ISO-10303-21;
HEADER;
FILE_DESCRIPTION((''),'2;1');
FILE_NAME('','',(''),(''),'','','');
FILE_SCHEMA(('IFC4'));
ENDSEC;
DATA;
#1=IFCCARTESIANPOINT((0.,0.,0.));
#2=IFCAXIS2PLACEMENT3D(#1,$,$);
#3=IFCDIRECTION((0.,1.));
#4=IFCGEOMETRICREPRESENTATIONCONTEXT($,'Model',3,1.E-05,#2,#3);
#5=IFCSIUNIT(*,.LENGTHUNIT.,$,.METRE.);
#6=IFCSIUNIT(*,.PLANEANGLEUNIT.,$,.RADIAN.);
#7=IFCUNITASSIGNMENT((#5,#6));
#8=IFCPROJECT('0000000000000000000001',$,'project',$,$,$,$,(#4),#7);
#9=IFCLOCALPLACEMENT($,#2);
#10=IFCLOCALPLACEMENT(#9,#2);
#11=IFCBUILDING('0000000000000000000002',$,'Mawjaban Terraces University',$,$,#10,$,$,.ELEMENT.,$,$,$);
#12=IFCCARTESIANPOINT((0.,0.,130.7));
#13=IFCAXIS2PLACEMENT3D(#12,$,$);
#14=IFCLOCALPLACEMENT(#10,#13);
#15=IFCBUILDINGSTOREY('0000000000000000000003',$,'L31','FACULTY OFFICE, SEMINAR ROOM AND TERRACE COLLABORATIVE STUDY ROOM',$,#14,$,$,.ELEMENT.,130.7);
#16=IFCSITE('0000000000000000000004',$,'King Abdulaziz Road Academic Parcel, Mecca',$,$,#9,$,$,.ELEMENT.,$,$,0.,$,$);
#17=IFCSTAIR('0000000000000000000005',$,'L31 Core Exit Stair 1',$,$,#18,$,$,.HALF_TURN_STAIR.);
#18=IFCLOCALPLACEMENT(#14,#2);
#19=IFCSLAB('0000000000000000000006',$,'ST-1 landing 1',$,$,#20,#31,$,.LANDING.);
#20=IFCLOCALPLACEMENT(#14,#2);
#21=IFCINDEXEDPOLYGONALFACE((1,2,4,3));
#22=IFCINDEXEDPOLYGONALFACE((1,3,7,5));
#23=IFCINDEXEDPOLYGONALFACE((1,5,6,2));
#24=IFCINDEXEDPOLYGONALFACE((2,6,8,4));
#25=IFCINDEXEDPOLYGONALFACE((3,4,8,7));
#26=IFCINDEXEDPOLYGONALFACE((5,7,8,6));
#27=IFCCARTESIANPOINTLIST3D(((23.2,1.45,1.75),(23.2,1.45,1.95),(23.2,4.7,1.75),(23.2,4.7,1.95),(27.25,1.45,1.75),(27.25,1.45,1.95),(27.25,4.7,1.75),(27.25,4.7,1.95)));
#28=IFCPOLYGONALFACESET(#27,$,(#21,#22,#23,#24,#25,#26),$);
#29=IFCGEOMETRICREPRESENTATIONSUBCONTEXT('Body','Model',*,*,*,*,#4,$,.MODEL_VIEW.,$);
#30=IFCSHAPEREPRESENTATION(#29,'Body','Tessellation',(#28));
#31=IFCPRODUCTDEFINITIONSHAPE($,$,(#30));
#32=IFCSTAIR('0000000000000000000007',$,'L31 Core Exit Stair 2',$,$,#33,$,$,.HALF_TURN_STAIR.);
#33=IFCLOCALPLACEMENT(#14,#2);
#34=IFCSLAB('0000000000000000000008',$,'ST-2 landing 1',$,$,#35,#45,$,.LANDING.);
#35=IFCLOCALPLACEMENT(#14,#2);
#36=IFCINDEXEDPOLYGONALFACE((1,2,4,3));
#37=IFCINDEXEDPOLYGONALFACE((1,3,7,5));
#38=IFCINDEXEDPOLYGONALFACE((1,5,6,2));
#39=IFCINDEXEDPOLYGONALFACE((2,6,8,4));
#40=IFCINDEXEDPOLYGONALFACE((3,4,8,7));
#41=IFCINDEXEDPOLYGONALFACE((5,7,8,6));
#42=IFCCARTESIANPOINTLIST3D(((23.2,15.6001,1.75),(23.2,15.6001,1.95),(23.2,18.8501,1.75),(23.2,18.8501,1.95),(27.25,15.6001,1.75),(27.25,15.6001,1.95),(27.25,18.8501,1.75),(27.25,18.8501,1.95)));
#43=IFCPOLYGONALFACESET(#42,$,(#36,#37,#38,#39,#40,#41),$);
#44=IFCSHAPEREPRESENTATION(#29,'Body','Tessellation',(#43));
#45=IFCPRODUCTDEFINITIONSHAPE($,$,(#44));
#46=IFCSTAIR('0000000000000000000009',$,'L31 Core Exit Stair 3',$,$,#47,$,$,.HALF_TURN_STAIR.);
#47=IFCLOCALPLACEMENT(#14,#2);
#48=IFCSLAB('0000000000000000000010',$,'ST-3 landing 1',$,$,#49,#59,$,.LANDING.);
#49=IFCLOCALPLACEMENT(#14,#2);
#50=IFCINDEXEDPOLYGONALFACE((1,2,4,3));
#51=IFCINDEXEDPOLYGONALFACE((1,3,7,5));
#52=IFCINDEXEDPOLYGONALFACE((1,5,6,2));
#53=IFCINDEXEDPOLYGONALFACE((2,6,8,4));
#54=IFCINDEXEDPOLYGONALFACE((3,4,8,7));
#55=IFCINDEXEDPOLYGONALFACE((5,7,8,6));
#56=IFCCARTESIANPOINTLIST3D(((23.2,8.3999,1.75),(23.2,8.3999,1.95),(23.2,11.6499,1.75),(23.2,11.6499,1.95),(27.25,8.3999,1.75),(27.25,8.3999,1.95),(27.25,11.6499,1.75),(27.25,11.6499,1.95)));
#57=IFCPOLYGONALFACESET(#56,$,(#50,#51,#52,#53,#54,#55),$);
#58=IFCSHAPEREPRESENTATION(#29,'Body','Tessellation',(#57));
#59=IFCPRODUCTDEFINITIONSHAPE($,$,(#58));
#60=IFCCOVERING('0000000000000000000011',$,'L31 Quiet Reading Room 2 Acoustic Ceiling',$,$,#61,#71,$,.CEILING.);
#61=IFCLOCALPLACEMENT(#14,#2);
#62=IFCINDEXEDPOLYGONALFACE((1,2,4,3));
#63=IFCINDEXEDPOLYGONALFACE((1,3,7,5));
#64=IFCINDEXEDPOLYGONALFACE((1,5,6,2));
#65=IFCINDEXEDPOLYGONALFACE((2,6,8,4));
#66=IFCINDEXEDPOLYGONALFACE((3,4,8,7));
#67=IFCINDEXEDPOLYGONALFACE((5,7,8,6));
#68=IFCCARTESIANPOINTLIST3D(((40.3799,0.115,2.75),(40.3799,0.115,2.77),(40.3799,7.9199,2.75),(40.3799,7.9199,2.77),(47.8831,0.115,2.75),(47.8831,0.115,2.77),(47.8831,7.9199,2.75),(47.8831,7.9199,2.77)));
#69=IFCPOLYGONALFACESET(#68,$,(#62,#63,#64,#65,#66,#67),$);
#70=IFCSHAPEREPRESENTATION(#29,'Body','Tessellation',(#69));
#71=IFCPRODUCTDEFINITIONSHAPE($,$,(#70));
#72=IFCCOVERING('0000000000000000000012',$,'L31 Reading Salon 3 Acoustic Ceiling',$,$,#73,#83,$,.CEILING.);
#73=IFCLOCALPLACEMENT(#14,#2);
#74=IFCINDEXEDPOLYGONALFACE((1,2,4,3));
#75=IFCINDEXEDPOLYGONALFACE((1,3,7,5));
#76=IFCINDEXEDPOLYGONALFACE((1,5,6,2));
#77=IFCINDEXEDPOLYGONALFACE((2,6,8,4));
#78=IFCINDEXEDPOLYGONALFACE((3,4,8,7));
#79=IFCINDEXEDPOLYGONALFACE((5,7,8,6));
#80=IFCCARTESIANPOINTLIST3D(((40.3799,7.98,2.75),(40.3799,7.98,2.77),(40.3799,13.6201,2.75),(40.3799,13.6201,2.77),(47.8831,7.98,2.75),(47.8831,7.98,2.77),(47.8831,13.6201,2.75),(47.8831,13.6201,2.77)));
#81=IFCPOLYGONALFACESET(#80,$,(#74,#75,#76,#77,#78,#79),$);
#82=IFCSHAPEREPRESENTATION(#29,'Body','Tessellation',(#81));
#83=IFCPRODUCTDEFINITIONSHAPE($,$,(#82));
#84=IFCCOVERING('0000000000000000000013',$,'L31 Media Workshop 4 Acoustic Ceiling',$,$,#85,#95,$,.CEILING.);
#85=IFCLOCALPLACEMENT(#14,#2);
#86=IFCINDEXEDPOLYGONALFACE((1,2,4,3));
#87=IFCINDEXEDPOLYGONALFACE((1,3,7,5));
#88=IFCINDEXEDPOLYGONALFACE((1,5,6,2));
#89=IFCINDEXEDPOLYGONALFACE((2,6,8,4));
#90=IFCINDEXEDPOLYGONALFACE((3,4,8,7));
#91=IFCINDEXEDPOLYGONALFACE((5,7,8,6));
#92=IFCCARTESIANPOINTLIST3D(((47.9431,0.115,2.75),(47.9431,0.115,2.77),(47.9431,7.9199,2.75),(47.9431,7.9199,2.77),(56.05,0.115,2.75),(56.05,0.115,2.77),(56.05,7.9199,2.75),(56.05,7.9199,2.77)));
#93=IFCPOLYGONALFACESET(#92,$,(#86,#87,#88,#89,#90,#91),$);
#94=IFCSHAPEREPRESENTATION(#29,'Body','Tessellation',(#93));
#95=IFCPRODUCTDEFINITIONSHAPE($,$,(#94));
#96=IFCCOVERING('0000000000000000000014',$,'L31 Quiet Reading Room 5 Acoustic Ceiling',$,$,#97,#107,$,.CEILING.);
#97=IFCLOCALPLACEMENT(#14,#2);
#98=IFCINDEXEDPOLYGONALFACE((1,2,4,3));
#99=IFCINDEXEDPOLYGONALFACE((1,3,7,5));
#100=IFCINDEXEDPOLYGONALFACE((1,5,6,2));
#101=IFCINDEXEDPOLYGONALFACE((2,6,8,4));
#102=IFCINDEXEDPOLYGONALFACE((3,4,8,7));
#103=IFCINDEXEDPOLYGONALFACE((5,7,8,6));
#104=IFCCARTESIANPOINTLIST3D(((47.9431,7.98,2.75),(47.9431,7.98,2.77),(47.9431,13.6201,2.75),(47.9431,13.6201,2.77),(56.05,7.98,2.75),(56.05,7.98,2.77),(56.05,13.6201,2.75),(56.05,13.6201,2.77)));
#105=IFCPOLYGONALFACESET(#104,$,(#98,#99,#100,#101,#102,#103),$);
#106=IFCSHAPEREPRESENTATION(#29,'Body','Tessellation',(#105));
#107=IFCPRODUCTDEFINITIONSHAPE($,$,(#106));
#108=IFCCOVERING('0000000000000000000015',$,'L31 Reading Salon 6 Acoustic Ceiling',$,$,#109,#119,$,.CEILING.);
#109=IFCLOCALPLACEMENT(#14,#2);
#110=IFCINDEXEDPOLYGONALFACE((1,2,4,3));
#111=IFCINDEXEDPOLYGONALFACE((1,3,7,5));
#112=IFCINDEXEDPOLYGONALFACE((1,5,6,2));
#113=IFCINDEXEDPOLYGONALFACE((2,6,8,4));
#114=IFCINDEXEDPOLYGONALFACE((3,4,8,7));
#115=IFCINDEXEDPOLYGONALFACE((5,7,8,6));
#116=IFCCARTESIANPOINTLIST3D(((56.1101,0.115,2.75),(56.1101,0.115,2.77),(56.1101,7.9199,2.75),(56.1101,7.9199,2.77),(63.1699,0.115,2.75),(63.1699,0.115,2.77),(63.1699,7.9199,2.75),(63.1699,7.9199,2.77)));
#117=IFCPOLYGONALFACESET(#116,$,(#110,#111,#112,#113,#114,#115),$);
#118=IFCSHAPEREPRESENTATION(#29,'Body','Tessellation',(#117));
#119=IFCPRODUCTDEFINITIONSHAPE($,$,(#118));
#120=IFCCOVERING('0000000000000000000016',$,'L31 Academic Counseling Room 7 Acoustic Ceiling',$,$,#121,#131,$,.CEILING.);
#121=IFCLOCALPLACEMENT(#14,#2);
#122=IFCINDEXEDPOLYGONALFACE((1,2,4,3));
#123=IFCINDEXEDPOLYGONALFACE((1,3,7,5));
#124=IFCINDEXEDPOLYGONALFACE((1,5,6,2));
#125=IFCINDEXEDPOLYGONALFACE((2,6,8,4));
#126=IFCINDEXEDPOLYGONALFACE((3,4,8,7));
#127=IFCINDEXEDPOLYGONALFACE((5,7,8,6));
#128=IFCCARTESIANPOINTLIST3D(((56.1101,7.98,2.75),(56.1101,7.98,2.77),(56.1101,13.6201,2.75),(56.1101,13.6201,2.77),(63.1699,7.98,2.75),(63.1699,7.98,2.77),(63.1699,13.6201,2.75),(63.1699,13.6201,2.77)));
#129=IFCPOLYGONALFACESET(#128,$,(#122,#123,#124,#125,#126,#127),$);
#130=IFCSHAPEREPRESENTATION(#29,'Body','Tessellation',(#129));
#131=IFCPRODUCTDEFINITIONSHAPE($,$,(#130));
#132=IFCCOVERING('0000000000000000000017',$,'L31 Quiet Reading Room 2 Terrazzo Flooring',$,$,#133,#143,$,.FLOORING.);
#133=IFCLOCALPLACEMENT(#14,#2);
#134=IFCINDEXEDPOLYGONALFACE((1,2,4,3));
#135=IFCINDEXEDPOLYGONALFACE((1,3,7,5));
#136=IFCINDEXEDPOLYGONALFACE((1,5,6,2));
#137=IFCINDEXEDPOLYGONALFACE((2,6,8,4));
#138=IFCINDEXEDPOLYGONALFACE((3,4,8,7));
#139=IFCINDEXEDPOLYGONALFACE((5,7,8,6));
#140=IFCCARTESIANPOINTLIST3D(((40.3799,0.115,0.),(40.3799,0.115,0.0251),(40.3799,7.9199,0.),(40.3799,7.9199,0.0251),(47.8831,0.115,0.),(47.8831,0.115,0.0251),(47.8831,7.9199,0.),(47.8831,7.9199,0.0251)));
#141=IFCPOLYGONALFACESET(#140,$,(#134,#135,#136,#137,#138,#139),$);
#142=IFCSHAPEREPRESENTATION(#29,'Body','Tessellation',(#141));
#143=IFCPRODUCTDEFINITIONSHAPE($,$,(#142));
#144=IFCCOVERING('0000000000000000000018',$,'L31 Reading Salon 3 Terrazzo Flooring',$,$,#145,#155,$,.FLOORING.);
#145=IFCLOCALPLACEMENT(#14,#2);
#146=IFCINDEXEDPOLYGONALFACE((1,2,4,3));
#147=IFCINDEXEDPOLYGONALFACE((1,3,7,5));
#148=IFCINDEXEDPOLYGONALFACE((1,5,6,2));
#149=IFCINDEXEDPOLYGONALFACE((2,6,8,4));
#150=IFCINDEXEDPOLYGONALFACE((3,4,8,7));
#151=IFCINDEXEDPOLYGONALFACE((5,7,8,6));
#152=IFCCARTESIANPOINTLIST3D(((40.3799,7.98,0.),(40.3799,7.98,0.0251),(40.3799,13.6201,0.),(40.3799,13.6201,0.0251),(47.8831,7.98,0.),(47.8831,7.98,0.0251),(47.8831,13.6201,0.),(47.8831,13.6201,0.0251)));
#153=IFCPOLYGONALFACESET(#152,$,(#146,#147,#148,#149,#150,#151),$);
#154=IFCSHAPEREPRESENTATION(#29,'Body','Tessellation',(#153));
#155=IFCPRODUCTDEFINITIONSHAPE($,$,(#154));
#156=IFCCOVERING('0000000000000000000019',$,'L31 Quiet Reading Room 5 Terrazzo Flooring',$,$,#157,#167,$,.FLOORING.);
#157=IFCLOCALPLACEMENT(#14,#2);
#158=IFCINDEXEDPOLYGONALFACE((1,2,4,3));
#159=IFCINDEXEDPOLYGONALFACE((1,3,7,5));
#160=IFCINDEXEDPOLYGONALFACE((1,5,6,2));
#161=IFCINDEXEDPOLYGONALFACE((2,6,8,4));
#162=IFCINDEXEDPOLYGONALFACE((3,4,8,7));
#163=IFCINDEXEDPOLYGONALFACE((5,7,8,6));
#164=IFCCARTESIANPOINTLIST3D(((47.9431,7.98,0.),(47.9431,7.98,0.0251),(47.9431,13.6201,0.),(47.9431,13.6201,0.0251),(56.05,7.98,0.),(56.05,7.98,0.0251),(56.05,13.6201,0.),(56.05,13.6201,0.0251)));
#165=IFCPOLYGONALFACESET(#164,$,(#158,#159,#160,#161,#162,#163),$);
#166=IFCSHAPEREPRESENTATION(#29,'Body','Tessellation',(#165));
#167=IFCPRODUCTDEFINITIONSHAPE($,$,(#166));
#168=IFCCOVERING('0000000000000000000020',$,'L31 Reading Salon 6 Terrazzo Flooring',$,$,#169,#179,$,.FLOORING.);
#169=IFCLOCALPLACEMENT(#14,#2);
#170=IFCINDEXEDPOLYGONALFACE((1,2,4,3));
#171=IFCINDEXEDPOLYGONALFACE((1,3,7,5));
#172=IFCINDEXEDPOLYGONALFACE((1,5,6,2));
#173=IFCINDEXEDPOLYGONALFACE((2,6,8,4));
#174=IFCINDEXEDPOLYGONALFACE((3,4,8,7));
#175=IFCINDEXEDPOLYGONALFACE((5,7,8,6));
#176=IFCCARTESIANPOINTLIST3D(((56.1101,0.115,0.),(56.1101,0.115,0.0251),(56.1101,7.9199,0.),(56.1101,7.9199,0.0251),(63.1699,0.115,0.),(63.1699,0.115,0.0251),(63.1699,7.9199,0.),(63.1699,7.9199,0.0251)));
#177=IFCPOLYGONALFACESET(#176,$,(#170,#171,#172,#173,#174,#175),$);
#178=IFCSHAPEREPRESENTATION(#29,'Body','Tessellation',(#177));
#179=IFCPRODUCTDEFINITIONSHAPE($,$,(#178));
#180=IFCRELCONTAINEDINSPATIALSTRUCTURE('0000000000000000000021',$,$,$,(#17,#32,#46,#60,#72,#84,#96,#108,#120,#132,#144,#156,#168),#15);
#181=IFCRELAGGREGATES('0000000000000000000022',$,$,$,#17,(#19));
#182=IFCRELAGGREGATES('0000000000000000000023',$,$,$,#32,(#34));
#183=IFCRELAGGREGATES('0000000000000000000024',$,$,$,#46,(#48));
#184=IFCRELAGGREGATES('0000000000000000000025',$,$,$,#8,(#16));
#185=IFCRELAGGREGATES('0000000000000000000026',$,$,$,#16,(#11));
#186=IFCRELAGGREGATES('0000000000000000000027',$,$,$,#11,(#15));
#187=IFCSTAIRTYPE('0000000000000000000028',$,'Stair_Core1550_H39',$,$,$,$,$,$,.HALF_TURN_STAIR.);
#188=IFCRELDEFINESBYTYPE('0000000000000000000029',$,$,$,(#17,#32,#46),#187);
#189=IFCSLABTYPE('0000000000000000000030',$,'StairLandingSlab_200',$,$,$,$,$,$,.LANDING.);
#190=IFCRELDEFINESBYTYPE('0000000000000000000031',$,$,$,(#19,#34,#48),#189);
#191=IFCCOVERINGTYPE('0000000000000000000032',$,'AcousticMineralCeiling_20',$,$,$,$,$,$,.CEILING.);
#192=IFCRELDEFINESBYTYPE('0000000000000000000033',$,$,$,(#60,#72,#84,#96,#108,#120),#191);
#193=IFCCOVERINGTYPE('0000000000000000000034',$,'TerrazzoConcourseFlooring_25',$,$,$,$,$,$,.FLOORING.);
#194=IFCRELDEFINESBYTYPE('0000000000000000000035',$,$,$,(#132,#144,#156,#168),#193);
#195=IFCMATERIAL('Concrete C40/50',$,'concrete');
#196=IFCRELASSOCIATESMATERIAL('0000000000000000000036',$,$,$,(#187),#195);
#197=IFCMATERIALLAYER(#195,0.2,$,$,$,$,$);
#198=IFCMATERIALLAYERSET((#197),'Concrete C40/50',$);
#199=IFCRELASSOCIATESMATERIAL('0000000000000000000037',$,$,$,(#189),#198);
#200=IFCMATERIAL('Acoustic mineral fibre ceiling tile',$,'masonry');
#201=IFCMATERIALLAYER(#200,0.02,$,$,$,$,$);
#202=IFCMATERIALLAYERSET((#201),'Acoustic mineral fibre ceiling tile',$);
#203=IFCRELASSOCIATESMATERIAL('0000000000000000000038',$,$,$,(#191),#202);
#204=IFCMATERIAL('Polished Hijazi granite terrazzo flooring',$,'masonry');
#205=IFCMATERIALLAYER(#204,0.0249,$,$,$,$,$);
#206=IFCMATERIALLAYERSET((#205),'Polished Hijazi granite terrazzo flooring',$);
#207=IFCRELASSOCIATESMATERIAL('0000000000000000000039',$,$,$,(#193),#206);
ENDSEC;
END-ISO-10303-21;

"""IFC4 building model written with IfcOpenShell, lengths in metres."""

from ifc_helpers import new_model, si_unit, direction, frame, origin, place, context, subcontext, project, spatial, polyline, outline, extrude, material, layer, layer_set, type_object, element, aggregate, save


model = new_model("IFC4")

# Units and contexts
model_context = context("Model", 3, precision=1e-05, world=origin(), true_north=direction((0.0, 1.0)))
body_context = subcontext(model_context, "Body", "Model", "MODEL_VIEW")
ifc_project = project(units=[si_unit("LENGTHUNIT", "METRE"), si_unit("PLANEANGLEUNIT", "RADIAN")], contexts=[model_context])

# Site, building, storey
site_placement = place(None, origin())
site = spatial("IfcSite", under=ifc_project, at=site_placement, Name="King Abdulaziz Road Academic Parcel, Mecca", CompositionType="ELEMENT", RefElevation=0.0)
building_placement = place(site_placement, origin())
building = spatial("IfcBuilding", under=site, at=building_placement, Name="Mawjaban Terraces University", CompositionType="ELEMENT")
storey_placement = place(building_placement, frame((0.0, 0.0, 130.7)))
storey = spatial("IfcBuildingStorey", under=building, at=storey_placement, Name="L31", Description="FACULTY OFFICE, SEMINAR ROOM AND TERRACE COLLABORATIVE STUDY ROOM", CompositionType="ELEMENT", Elevation=130.7)

# Shared definitions
ifc_material_1 = material(Name="Concrete C40/50", Category="concrete")

# Stairs, slabs
stair_type = type_object("IfcStairType", Name="Stair_Core1550_H39", PredefinedType="HALF_TURN_STAIR", material=ifc_material_1)
stair_1_placement = place(storey_placement, origin())
stair_1 = element("IfcStair", 1, at=stair_1_placement, inside=storey, type_object=stair_type, Name="L31 Core Exit Stair 1", PredefinedType="HALF_TURN_STAIR")
ifc_layer_1 = layer(ifc_material_1, 0.2)
ifc_layer_set_1 = layer_set([ifc_layer_1], Name="Concrete C40/50")
slab_type_1 = type_object("IfcSlabType", Name="StairLandingSlab_200", PredefinedType="LANDING", material=ifc_layer_set_1)
slab_1_placement = place(storey_placement, frame((0.0, 0.0, 1.75)))
slab_1 = element("IfcSlab", 2, at=slab_1_placement, type_object=slab_type_1, Name="ST-1 landing 1", PredefinedType="LANDING", context=body_context, shape_type="SweptSolid", body=[
    extrude(outline(polyline([(27.25, 4.7), (23.2, 4.7), (23.2, 1.45), (27.25, 1.45), (27.25, 4.7)])), origin(), (0.0, 0.0, 1.0), 0.2),
])
aggregate(stair_1, [slab_1])
stair_2_placement = place(storey_placement, origin())
stair_2 = element("IfcStair", 3, at=stair_2_placement, inside=storey, type_object=stair_type, Name="L31 Core Exit Stair 2", PredefinedType="HALF_TURN_STAIR")
slab_2_placement = place(storey_placement, frame((0.0, 0.0, 1.75)))
slab_2 = element("IfcSlab", 4, at=slab_2_placement, type_object=slab_type_1, Name="ST-2 landing 1", PredefinedType="LANDING", context=body_context, shape_type="SweptSolid", body=[
    extrude(outline(polyline([(27.25, 18.8501), (23.2, 18.8501), (23.2, 15.6001), (27.25, 15.6001), (27.25, 18.8501)])), origin(), (0.0, 0.0, 1.0), 0.2),
])
aggregate(stair_2, [slab_2])
stair_3_placement = place(storey_placement, origin())
stair_3 = element("IfcStair", 5, at=stair_3_placement, inside=storey, type_object=stair_type, Name="L31 Core Exit Stair 3", PredefinedType="HALF_TURN_STAIR")
slab_3_placement = place(storey_placement, frame((0.0, 0.0, 1.75)))
slab_3 = element("IfcSlab", 6, at=slab_3_placement, type_object=slab_type_1, Name="ST-3 landing 1", PredefinedType="LANDING", context=body_context, shape_type="SweptSolid", body=[
    extrude(outline(polyline([(27.25, 11.6499), (23.2, 11.6499), (23.2, 8.3999), (27.25, 8.3999), (27.25, 11.6499)])), origin(), (0.0, 0.0, 1.0), 0.2),
])
aggregate(stair_3, [slab_3])

# Coverings
ifc_material_2 = material(Name="Acoustic mineral fibre ceiling tile", Category="masonry")
ifc_layer_2 = layer(ifc_material_2, 0.02)
ifc_layer_set_2 = layer_set([ifc_layer_2], Name="Acoustic mineral fibre ceiling tile")
covering_type_1 = type_object("IfcCoveringType", Name="AcousticMineralCeiling_20", PredefinedType="CEILING", material=ifc_layer_set_2)
covering_1_placement = place(storey_placement, frame((0.0, 0.0, 2.75)))
element("IfcCovering", 7, at=covering_1_placement, inside=storey, type_object=covering_type_1, Name="L31 Quiet Reading Room 2 Acoustic Ceiling", PredefinedType="CEILING", context=body_context, shape_type="SweptSolid", body=[
    extrude(outline(polyline([(40.3799, 0.115), (47.8831, 0.115), (47.8831, 7.9199), (40.3799, 7.9199), (40.3799, 0.115)])), origin(), (0.0, 0.0, 1.0), 0.02),
])
covering_2_placement = place(storey_placement, frame((0.0, 0.0, 2.75)))
element("IfcCovering", 8, at=covering_2_placement, inside=storey, type_object=covering_type_1, Name="L31 Reading Salon 3 Acoustic Ceiling", PredefinedType="CEILING", context=body_context, shape_type="SweptSolid", body=[
    extrude(outline(polyline([(47.8831, 7.98), (47.8831, 13.6201), (40.3799, 13.6201), (40.3799, 7.98), (47.8831, 7.98)])), origin(), (0.0, 0.0, 1.0), 0.02),
])
covering_3_placement = place(storey_placement, frame((0.0, 0.0, 2.75)))
element("IfcCovering", 9, at=covering_3_placement, inside=storey, type_object=covering_type_1, Name="L31 Media Workshop 4 Acoustic Ceiling", PredefinedType="CEILING", context=body_context, shape_type="SweptSolid", body=[
    extrude(outline(polyline([(47.9431, 0.115), (56.05, 0.115), (56.05, 7.9199), (47.9431, 7.9199), (47.9431, 0.115)])), origin(), (0.0, 0.0, 1.0), 0.02),
])
covering_4_placement = place(storey_placement, frame((0.0, 0.0, 2.75)))
element("IfcCovering", 10, at=covering_4_placement, inside=storey, type_object=covering_type_1, Name="L31 Quiet Reading Room 5 Acoustic Ceiling", PredefinedType="CEILING", context=body_context, shape_type="SweptSolid", body=[
    extrude(outline(polyline([(56.05, 7.98), (56.05, 13.6201), (47.9431, 13.6201), (47.9431, 7.98), (56.05, 7.98)])), origin(), (0.0, 0.0, 1.0), 0.02),
])
covering_5_placement = place(storey_placement, frame((0.0, 0.0, 2.75)))
element("IfcCovering", 11, at=covering_5_placement, inside=storey, type_object=covering_type_1, Name="L31 Reading Salon 6 Acoustic Ceiling", PredefinedType="CEILING", context=body_context, shape_type="SweptSolid", body=[
    extrude(outline(polyline([(56.1101, 0.115), (63.1699, 0.115), (63.1699, 7.9199), (56.1101, 7.9199), (56.1101, 0.115)])), origin(), (0.0, 0.0, 1.0), 0.02),
])
covering_6_placement = place(storey_placement, frame((0.0, 0.0, 2.75)))
element("IfcCovering", 12, at=covering_6_placement, inside=storey, type_object=covering_type_1, Name="L31 Academic Counseling Room 7 Acoustic Ceiling", PredefinedType="CEILING", context=body_context, shape_type="SweptSolid", body=[
    extrude(outline(polyline([(63.1699, 7.98), (63.1699, 13.6201), (56.1101, 13.6201), (56.1101, 7.98), (63.1699, 7.98)])), origin(), (0.0, 0.0, 1.0), 0.02),
])
ifc_material_3 = material(Name="Polished Hijazi granite terrazzo flooring", Category="masonry")
ifc_layer_3 = layer(ifc_material_3, 0.0249)
ifc_layer_set_3 = layer_set([ifc_layer_3], Name="Polished Hijazi granite terrazzo flooring")
covering_type_2 = type_object("IfcCoveringType", Name="TerrazzoConcourseFlooring_25", PredefinedType="FLOORING", material=ifc_layer_set_3)
covering_7_placement = place(storey_placement, origin())
element("IfcCovering", 13, at=covering_7_placement, inside=storey, type_object=covering_type_2, Name="L31 Quiet Reading Room 2 Terrazzo Flooring", PredefinedType="FLOORING", context=body_context, shape_type="SweptSolid", body=[
    extrude(outline(polyline([(40.3799, 0.115), (47.8831, 0.115), (47.8831, 7.9199), (40.3799, 7.9199), (40.3799, 0.115)])), origin(), (0.0, 0.0, 1.0), 0.0251),
])
covering_8_placement = place(storey_placement, origin())
element("IfcCovering", 14, at=covering_8_placement, inside=storey, type_object=covering_type_2, Name="L31 Reading Salon 3 Terrazzo Flooring", PredefinedType="FLOORING", context=body_context, shape_type="SweptSolid", body=[
    extrude(outline(polyline([(47.8831, 7.98), (47.8831, 13.6201), (40.3799, 13.6201), (40.3799, 7.98), (47.8831, 7.98)])), origin(), (0.0, 0.0, 1.0), 0.0251),
])
covering_9_placement = place(storey_placement, origin())
element("IfcCovering", 15, at=covering_9_placement, inside=storey, type_object=covering_type_2, Name="L31 Quiet Reading Room 5 Terrazzo Flooring", PredefinedType="FLOORING", context=body_context, shape_type="SweptSolid", body=[
    extrude(outline(polyline([(56.05, 7.98), (56.05, 13.6201), (47.9431, 13.6201), (47.9431, 7.98), (56.05, 7.98)])), origin(), (0.0, 0.0, 1.0), 0.0251),
])
covering_10_placement = place(storey_placement, origin())
element("IfcCovering", 16, at=covering_10_placement, inside=storey, type_object=covering_type_2, Name="L31 Reading Salon 6 Terrazzo Flooring", PredefinedType="FLOORING", context=body_context, shape_type="SweptSolid", body=[
    extrude(outline(polyline([(56.1101, 0.115), (63.1699, 0.115), (63.1699, 7.9199), (56.1101, 7.9199), (56.1101, 0.115)])), origin(), (0.0, 0.0, 1.0), 0.0251),
])

save(model, "model.ifc")
